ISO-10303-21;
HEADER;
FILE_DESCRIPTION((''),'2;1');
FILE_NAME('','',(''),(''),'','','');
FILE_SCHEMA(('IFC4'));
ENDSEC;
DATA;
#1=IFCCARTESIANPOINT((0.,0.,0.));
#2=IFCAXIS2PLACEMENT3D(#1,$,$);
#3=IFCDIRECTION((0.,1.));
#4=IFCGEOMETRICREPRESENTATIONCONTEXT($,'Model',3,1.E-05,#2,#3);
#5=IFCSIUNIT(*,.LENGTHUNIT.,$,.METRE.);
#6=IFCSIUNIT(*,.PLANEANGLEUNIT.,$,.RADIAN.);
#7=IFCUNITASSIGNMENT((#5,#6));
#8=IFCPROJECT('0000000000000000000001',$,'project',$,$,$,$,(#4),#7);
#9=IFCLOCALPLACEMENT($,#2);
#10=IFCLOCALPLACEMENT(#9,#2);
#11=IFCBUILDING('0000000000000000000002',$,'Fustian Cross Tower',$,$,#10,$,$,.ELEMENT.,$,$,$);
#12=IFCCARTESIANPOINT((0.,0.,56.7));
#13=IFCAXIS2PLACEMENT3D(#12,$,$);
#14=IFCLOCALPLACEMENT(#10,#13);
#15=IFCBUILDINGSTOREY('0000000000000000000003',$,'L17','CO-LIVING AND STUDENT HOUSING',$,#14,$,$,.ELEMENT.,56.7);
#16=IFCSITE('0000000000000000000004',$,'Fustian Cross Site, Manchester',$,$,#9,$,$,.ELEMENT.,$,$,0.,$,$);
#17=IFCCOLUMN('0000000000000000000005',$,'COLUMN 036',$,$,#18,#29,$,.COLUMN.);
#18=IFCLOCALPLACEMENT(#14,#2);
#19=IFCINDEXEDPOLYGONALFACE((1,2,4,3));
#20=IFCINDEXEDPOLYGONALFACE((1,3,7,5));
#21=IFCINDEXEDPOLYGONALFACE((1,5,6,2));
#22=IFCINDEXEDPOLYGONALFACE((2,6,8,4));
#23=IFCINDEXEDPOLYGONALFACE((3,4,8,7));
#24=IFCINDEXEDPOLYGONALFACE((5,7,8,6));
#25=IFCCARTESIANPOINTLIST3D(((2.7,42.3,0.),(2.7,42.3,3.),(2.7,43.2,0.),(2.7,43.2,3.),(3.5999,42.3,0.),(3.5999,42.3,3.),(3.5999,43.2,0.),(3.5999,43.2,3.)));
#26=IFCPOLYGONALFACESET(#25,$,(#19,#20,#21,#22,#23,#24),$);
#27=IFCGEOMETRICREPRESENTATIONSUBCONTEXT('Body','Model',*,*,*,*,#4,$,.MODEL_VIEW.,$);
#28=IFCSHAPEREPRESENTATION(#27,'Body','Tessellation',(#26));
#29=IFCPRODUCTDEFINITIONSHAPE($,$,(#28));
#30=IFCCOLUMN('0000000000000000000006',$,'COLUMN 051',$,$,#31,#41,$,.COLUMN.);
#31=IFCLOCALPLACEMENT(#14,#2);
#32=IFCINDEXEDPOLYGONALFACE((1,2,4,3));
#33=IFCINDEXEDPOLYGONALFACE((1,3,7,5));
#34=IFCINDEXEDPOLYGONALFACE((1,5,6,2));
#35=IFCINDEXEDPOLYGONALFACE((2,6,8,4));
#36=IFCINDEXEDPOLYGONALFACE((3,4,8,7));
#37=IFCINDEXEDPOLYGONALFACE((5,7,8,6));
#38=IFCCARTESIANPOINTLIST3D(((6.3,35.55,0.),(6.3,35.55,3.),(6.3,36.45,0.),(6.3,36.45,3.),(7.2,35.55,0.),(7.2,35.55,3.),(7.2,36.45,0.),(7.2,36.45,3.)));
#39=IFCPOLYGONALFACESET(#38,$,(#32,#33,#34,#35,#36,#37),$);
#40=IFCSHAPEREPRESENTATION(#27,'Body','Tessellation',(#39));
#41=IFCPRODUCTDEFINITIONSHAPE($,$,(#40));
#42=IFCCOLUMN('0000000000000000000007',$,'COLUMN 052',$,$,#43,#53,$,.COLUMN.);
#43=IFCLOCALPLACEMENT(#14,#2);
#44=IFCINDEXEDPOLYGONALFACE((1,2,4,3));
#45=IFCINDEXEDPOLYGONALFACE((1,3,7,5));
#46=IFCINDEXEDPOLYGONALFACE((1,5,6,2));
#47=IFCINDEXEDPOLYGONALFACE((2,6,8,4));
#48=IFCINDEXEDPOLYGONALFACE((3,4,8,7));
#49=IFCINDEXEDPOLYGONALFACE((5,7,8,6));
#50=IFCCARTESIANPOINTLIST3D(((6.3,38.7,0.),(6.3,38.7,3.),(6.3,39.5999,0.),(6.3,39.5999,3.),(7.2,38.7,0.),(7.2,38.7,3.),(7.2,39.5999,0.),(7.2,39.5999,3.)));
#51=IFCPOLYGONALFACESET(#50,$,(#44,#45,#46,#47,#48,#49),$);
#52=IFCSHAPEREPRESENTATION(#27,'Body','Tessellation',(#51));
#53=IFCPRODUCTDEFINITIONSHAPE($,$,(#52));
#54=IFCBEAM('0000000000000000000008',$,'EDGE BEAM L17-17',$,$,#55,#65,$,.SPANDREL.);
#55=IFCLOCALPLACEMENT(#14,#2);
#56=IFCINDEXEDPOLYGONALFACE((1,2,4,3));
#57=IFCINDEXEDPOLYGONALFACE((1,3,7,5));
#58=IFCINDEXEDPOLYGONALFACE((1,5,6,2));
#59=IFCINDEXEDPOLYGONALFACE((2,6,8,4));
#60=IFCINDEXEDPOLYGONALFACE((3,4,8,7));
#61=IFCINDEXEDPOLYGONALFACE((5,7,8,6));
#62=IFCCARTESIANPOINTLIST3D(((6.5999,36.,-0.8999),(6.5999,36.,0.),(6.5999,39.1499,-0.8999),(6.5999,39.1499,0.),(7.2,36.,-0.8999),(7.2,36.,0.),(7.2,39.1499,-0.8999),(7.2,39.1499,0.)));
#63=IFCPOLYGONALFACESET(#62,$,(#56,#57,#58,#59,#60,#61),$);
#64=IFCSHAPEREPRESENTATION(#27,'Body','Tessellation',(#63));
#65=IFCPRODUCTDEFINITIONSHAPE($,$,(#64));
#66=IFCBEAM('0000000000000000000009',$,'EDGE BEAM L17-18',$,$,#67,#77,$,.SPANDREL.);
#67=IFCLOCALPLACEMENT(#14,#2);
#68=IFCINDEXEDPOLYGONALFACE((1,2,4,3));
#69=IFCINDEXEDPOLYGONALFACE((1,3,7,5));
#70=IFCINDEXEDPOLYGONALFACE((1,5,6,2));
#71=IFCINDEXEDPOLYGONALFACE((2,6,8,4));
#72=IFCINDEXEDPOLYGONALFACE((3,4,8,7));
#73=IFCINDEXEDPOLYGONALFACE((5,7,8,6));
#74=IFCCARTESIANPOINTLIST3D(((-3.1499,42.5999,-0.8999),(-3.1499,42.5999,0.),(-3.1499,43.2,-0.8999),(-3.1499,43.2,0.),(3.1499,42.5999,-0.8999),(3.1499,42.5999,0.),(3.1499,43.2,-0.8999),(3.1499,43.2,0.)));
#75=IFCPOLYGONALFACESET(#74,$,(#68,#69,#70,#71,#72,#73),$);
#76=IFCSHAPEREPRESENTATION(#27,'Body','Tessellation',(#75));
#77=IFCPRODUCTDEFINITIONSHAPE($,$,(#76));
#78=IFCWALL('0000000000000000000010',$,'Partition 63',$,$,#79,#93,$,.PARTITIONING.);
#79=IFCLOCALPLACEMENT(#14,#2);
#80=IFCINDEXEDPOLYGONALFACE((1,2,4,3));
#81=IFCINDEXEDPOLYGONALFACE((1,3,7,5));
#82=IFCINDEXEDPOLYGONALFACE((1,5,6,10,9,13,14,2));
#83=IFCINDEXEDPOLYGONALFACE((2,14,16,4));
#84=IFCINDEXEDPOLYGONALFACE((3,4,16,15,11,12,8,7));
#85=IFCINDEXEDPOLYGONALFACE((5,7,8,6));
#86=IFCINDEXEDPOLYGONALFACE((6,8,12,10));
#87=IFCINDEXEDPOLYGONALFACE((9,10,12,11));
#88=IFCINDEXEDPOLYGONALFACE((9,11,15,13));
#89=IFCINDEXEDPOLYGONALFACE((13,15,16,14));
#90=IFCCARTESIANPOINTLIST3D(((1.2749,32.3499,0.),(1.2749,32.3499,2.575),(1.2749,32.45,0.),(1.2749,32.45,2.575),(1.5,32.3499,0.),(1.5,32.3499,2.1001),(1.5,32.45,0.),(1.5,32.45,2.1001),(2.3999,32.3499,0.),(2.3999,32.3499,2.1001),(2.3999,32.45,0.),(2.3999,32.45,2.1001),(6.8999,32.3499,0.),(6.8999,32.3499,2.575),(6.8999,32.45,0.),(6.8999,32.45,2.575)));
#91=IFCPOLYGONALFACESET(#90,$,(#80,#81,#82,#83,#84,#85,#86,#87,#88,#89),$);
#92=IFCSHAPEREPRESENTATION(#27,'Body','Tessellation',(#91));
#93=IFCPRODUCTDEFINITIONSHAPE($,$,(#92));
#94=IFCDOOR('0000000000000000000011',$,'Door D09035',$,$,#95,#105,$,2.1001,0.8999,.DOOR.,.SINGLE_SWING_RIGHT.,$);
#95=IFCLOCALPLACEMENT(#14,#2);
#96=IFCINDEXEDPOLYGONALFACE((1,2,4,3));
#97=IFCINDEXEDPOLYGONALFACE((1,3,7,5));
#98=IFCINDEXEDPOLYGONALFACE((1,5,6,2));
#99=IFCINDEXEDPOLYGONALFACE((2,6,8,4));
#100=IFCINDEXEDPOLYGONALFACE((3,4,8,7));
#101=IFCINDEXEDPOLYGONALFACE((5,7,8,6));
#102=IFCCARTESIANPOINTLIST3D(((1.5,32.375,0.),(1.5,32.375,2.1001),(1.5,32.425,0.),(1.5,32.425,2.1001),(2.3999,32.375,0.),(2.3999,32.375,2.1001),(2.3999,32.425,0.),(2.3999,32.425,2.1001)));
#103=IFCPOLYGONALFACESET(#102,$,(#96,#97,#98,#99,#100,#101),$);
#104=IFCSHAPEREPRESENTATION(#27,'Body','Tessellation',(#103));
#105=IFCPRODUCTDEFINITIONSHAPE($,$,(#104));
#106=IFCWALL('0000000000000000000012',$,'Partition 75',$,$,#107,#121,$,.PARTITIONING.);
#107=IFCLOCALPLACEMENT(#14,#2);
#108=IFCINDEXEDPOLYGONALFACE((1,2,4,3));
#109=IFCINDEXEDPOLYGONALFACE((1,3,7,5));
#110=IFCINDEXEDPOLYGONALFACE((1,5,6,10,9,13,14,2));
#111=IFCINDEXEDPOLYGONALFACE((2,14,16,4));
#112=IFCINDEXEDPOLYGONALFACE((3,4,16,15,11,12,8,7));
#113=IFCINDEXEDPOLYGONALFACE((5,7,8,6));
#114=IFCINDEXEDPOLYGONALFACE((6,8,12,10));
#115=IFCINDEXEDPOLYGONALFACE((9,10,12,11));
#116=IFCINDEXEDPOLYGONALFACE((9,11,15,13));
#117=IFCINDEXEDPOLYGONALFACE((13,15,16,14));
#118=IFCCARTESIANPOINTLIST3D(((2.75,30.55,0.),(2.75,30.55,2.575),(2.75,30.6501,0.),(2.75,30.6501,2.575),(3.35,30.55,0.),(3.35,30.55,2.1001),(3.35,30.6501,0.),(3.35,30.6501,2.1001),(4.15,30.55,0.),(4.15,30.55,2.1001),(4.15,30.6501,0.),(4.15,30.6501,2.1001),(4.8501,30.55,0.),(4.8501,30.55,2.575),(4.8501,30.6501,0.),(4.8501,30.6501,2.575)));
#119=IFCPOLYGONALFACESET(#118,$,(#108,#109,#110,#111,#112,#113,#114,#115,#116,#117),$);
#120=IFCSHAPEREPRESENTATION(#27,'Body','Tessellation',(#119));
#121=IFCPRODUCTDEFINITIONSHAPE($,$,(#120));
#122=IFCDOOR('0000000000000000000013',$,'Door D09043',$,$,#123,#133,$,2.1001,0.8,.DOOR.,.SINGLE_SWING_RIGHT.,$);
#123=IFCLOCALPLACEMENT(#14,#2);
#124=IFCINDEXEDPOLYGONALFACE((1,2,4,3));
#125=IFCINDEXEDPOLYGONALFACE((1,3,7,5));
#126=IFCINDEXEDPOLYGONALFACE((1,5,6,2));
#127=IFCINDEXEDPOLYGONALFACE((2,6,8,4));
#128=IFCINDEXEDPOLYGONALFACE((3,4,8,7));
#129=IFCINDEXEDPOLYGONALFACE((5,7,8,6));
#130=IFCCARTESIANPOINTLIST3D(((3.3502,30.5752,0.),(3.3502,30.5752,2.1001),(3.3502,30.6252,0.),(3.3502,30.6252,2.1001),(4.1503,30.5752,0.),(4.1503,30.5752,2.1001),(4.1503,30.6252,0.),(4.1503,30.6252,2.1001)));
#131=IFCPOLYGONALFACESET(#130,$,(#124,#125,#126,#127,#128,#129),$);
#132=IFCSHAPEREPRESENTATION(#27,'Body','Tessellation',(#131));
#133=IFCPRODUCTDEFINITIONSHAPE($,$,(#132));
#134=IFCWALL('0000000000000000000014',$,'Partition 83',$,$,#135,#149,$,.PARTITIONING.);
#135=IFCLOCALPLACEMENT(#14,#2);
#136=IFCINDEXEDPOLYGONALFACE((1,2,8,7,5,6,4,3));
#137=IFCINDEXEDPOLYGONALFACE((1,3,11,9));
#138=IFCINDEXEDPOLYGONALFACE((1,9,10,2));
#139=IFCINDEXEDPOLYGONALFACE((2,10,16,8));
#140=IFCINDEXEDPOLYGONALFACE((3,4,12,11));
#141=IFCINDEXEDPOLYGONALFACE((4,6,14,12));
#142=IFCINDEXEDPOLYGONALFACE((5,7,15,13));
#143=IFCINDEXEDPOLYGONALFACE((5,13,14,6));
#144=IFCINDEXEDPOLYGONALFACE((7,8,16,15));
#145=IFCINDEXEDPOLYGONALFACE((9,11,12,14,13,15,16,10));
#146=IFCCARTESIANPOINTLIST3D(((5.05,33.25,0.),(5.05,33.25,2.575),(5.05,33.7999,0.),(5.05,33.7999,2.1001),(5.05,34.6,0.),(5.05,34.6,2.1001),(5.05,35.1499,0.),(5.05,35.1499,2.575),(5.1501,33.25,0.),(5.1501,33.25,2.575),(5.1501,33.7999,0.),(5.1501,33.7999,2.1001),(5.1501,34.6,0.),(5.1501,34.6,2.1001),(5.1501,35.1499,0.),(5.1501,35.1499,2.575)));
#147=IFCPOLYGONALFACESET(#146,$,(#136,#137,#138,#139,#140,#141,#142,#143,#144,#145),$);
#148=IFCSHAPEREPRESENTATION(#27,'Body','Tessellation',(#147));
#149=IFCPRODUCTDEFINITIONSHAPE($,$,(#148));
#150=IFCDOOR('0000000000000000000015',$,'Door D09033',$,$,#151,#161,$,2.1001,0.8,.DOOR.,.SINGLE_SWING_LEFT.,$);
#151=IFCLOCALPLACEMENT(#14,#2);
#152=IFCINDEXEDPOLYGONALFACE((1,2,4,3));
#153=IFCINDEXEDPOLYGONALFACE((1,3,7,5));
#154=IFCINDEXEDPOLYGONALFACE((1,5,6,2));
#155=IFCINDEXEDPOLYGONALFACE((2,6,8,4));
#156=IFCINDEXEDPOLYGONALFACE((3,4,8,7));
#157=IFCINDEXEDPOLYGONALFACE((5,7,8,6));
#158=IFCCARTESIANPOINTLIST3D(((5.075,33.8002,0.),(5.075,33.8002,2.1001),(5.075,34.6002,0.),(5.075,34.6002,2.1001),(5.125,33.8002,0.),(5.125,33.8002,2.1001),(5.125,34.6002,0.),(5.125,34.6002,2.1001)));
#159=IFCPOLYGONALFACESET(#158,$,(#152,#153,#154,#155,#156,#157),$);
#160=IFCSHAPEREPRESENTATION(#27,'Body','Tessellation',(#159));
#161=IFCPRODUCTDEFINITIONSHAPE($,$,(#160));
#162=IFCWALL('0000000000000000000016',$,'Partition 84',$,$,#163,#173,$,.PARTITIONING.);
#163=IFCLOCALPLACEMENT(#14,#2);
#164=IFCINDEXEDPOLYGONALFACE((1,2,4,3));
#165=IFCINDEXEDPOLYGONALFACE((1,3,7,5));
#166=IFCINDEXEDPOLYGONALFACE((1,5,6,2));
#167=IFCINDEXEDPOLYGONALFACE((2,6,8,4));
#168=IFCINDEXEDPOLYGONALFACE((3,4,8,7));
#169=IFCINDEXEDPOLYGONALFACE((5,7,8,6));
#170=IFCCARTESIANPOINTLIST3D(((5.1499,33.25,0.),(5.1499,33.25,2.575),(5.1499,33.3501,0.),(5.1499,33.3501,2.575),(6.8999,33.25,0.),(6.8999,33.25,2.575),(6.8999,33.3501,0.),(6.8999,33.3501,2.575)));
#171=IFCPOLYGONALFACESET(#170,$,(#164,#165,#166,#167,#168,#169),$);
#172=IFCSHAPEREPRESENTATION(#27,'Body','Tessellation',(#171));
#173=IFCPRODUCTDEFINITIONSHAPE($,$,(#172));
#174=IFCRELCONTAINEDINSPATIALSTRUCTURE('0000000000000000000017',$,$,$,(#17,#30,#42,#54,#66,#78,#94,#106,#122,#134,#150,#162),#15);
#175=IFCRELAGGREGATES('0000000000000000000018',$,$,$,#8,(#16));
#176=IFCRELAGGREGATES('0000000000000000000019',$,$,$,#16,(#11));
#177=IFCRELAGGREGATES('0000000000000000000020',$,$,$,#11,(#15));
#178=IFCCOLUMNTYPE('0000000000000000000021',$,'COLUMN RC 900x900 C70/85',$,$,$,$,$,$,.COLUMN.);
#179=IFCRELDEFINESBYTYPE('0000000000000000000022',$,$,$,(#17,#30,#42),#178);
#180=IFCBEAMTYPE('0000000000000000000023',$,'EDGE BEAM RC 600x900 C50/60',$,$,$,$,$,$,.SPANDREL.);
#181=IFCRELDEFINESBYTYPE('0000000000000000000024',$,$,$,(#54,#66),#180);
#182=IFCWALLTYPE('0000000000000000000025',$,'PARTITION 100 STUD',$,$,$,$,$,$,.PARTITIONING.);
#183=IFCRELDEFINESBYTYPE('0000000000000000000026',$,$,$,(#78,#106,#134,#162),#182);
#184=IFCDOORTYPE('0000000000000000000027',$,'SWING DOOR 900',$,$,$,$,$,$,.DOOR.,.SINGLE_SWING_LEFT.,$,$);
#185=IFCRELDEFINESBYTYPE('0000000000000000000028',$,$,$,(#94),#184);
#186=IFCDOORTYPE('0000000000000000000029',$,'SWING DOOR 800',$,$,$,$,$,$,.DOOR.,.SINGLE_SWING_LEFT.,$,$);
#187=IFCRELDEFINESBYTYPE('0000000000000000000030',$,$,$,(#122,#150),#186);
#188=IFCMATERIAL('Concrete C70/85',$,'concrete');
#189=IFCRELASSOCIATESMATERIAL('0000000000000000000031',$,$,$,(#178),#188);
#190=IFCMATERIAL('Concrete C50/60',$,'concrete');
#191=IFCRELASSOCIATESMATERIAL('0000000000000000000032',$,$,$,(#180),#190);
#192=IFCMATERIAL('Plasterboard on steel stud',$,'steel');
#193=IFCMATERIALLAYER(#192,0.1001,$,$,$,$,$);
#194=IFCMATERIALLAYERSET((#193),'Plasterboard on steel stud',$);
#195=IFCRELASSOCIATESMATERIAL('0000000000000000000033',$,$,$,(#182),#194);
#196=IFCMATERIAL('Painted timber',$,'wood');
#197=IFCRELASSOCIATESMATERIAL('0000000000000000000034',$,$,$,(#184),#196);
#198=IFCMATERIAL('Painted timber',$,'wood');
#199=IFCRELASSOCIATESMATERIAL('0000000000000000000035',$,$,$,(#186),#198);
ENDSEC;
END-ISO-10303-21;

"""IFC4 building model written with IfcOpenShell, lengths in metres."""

from ifc_helpers import new_model, si_unit, direction, frame, frame_2d, origin, origin_2d, place, context, subcontext, project, spatial, rectangle, extrude, material, layer, layer_set, material_profile, profile_set, type_object, element, fill, save


model = new_model("IFC4")

# Units and contexts
model_context = context("Model", 3, precision=1e-05, world=origin(), true_north=direction((0.0, 1.0)))
body_context = subcontext(model_context, "Body", "Model", "MODEL_VIEW")
ifc_project = project(units=[si_unit("LENGTHUNIT", "METRE"), si_unit("PLANEANGLEUNIT", "RADIAN")], contexts=[model_context])

# Site, building, storey
site_placement = place(None, origin())
site = spatial("IfcSite", under=ifc_project, at=site_placement, Name="Fustian Cross Site, Manchester", CompositionType="ELEMENT", RefElevation=0.0)
building_placement = place(site_placement, origin())
building = spatial("IfcBuilding", under=site, at=building_placement, Name="Fustian Cross Tower", CompositionType="ELEMENT")
storey_placement = place(building_placement, frame((0.0, 0.0, 56.7)))
storey = spatial("IfcBuildingStorey", under=building, at=storey_placement, Name="L17", Description="CO-LIVING AND STUDENT HOUSING", CompositionType="ELEMENT", Elevation=56.7)

# Columns
ifc_material_1 = material(Name="Concrete C70/85", Category="concrete")
ifc_material_profile_1 = material_profile(ifc_material_1, rectangle(XDim=0.8999, YDim=0.8999, at=origin_2d()), Name="RC 900x900")
ifc_profile_set_1 = profile_set([ifc_material_profile_1], Name="Concrete C70/85")
column_type = type_object("IfcColumnType", Name="COLUMN RC 900x900 C70/85", PredefinedType="COLUMN", material=ifc_profile_set_1)
for number, where, z_axis, x_axis, name in (
    (1, (3.1499, 42.75, 0.0), (0.0, 0.0, 1.0), (1.0, 0.0, 0.0), "COLUMN 036"),
    (2, (6.75, 36.0, 0.0), (0.0, 0.0, 1.0), (1.0, 0.0, 0.0), "COLUMN 051"),
    (3, (6.75, 39.1499, 0.0), (0.0, 0.0, 1.0), (1.0, 0.0, 0.0), "COLUMN 052"),
):
    element("IfcColumn", number, at=place(storey_placement, frame(where, z_axis=z_axis, x_axis=x_axis)), inside=storey, type_object=column_type, Name=name, PredefinedType="COLUMN", context=body_context, shape_type="SweptSolid", body=[
        extrude(rectangle(XDim=0.8999, YDim=0.8999, at=origin_2d()), origin(), (0.0, 0.0, 1.0), 3.0),
    ])

# Beams
ifc_material_2 = material(Name="Concrete C50/60", Category="concrete")
ifc_material_profile_2 = material_profile(ifc_material_2, rectangle(XDim=0.6001, YDim=0.8999, at=origin_2d()), Name="RC 600x900")
ifc_profile_set_2 = profile_set([ifc_material_profile_2], Name="Concrete C50/60")
beam_type = type_object("IfcBeamType", Name="EDGE BEAM RC 600x900 C50/60", PredefinedType="SPANDREL", material=ifc_profile_set_2)
beam_1_placement = place(storey_placement, frame((6.8999, 36.0, -0.45), z_axis=(0.0, 1.0, 0.0), x_axis=(-1.0, 0.0, 0.0)))
element("IfcBeam", 4, at=beam_1_placement, inside=storey, type_object=beam_type, Name="EDGE BEAM L17-17", PredefinedType="SPANDREL", context=body_context, shape_type="SweptSolid", body=[
    extrude(rectangle(XDim=0.6001, YDim=0.8999, at=origin_2d()), origin(), (0.0, 0.0, 1.0), 3.1499),
])
beam_2_placement = place(storey_placement, frame((3.1499, 42.8999, -0.45), z_axis=(-1.0, 0.0, 0.0), x_axis=(0.0, -1.0, 0.0)))
element("IfcBeam", 5, at=beam_2_placement, inside=storey, type_object=beam_type, Name="EDGE BEAM L17-18", PredefinedType="SPANDREL", context=body_context, shape_type="SweptSolid", body=[
    extrude(rectangle(XDim=0.6001, YDim=0.8999, at=origin_2d()), origin(), (0.0, 0.0, 1.0), 6.2998),
])

# Walls, openings, doors
ifc_material_3 = material(Name="Plasterboard on steel stud", Category="steel")
ifc_layer_1 = layer(ifc_material_3, 0.1001)
ifc_layer_set_1 = layer_set([ifc_layer_1], Name="Plasterboard on steel stud")
wall_type_1 = type_object("IfcWallType", Name="PARTITION 100 STUD", PredefinedType="PARTITIONING", material=ifc_layer_set_1)
wall_1_placement = place(storey_placement, frame((1.2749, 32.3999, 0.0), z_axis=(0.0, 0.0, 1.0), x_axis=(1.0, 0.0, 0.0)))
wall_1 = element("IfcWall", 6, at=wall_1_placement, inside=storey, type_object=wall_type_1, Name="Partition 63", PredefinedType="PARTITIONING", context=body_context, shape_type="SweptSolid", body=[
    extrude(rectangle(XDim=5.625, YDim=0.1001, at=frame_2d((2.8125, 0.0))), origin(), (0.0, 0.0, 1.0), 2.575),
])
opening_1_placement = place(wall_1_placement, frame((0.2251, 0.0, 0.0)))
opening_1 = element("IfcOpeningElement", 7, at=opening_1_placement, cuts=wall_1, PredefinedType="OPENING", context=body_context, shape_type="SweptSolid", body=[
    extrude(rectangle(XDim=0.8999, YDim=2.1001, at=frame_2d((0.45, 1.05))), frame((0.0, 0.0601, 0.0), z_axis=(0.0, -1.0, 0.0), x_axis=(1.0, 0.0, 0.0)), (0.0, 0.0, 1.0), 0.1201),
])
ifc_material_4 = material(Name="Painted timber", Category="wood")
door_type_1 = type_object("IfcDoorType", Name="SWING DOOR 900", OperationType="SINGLE_SWING_LEFT", PredefinedType="DOOR", material=ifc_material_4)
door_1_placement = place(opening_1_placement, frame((0.8999, 0.0, 0.0), z_axis=(0.0, 0.0, 1.0), x_axis=(-1.0, 0.0, 0.0)))
door_1 = element("IfcDoor", 8, at=door_1_placement, inside=storey, type_object=door_type_1, Name="Door D09035", OperationType="SINGLE_SWING_RIGHT", OverallHeight=2.1001, OverallWidth=0.8999, PredefinedType="DOOR", context=body_context, shape_type="SweptSolid", body=[
    extrude(rectangle(XDim=0.8999, YDim=2.1001, at=frame_2d((0.45, 1.05))), frame((0.0, 0.0249, 0.0), z_axis=(0.0, -1.0, 0.0), x_axis=(1.0, 0.0, 0.0)), (0.0, 0.0, 1.0), 0.05),
])
fill(opening_1, door_1)
wall_2_placement = place(storey_placement, frame((2.75, 30.6001, 0.0), z_axis=(0.0, 0.0, 1.0), x_axis=(1.0, 0.0, 0.0)))
wall_2 = element("IfcWall", 9, at=wall_2_placement, inside=storey, type_object=wall_type_1, Name="Partition 75", PredefinedType="PARTITIONING", context=body_context, shape_type="SweptSolid", body=[
    extrude(rectangle(XDim=2.1001, YDim=0.1001, at=frame_2d((1.05, 0.0))), origin(), (0.0, 0.0, 1.0), 2.575),
])
opening_2_placement = place(wall_2_placement, frame((0.6001, 0.0, 0.0)))
opening_2 = element("IfcOpeningElement", 10, at=opening_2_placement, cuts=wall_2, PredefinedType="OPENING", context=body_context, shape_type="SweptSolid", body=[
    extrude(rectangle(XDim=0.8, YDim=2.1001, at=frame_2d((0.3999, 1.05))), frame((0.0, 0.0601, 0.0), z_axis=(0.0, -1.0, 0.0), x_axis=(1.0, 0.0, 0.0)), (0.0, 0.0, 1.0), 0.1201),
])
ifc_material_5 = material(Name="Painted timber", Category="wood")
door_type_2 = type_object("IfcDoorType", Name="SWING DOOR 800", OperationType="SINGLE_SWING_LEFT", PredefinedType="DOOR", material=ifc_material_5)
door_2_placement = place(opening_2_placement, frame((0.8, 0.0, 0.0), z_axis=(0.0, 0.0, 1.0), x_axis=(-1.0, 0.0, 0.0)))
door_2 = element("IfcDoor", 11, at=door_2_placement, inside=storey, type_object=door_type_2, Name="Door D09043", OperationType="SINGLE_SWING_RIGHT", OverallHeight=2.1001, OverallWidth=0.8, PredefinedType="DOOR", context=body_context, shape_type="SweptSolid", body=[
    extrude(rectangle(XDim=0.8, YDim=2.1001, at=frame_2d((0.3999, 1.05))), frame((0.0, 0.0249, 0.0), z_axis=(0.0, -1.0, 0.0), x_axis=(1.0, 0.0, 0.0)), (0.0, 0.0, 1.0), 0.05),
])
fill(opening_2, door_2)
wall_3_placement = place(storey_placement, frame((5.1001, 33.25, 0.0), z_axis=(0.0, 0.0, 1.0), x_axis=(0.0, 1.0, 0.0)))
wall_3 = element("IfcWall", 12, at=wall_3_placement, inside=storey, type_object=wall_type_1, Name="Partition 83", PredefinedType="PARTITIONING", context=body_context, shape_type="SweptSolid", body=[
    extrude(rectangle(XDim=1.8999, YDim=0.1001, at=frame_2d((0.95, 0.0))), origin(), (0.0, 0.0, 1.0), 2.575),
])
opening_3_placement = place(wall_3_placement, frame((0.55, 0.0, 0.0)))
opening_3 = element("IfcOpeningElement", 13, at=opening_3_placement, cuts=wall_3, PredefinedType="OPENING", context=body_context, shape_type="SweptSolid", body=[
    extrude(rectangle(XDim=0.8, YDim=2.1001, at=frame_2d((0.3999, 1.05))), frame((0.0, 0.0601, 0.0), z_axis=(0.0, -1.0, 0.0), x_axis=(1.0, 0.0, 0.0)), (0.0, 0.0, 1.0), 0.1201),
])
door_3_placement = place(opening_3_placement, frame((0.8, 0.0, 0.0), z_axis=(0.0, 0.0, 1.0), x_axis=(-1.0, 0.0, 0.0)))
door_3 = element("IfcDoor", 14, at=door_3_placement, inside=storey, type_object=door_type_2, Name="Door D09033", OperationType="SINGLE_SWING_LEFT", OverallHeight=2.1001, OverallWidth=0.8, PredefinedType="DOOR", context=body_context, shape_type="SweptSolid", body=[
    extrude(rectangle(XDim=0.8, YDim=2.1001, at=frame_2d((0.3999, 1.05))), frame((0.0, 0.0249, 0.0), z_axis=(0.0, -1.0, 0.0), x_axis=(1.0, 0.0, 0.0)), (0.0, 0.0, 1.0), 0.05),
])
fill(opening_3, door_3)

# Wall
for number, where, z_axis, x_axis, name in (
    (15, (5.1499, 33.3, 0.0), (0.0, 0.0, 1.0), (1.0, 0.0, 0.0), "Partition 84"),
):
    element("IfcWall", number, at=place(storey_placement, frame(where, z_axis=z_axis, x_axis=x_axis)), inside=storey, type_object=wall_type_1, Name=name, PredefinedType="PARTITIONING", context=body_context, shape_type="SweptSolid", body=[
        extrude(rectangle(XDim=1.75, YDim=0.1001, at=frame_2d((0.875, 0.0))), origin(), (0.0, 0.0, 1.0), 2.575),
    ])

save(model, "model.ifc")
